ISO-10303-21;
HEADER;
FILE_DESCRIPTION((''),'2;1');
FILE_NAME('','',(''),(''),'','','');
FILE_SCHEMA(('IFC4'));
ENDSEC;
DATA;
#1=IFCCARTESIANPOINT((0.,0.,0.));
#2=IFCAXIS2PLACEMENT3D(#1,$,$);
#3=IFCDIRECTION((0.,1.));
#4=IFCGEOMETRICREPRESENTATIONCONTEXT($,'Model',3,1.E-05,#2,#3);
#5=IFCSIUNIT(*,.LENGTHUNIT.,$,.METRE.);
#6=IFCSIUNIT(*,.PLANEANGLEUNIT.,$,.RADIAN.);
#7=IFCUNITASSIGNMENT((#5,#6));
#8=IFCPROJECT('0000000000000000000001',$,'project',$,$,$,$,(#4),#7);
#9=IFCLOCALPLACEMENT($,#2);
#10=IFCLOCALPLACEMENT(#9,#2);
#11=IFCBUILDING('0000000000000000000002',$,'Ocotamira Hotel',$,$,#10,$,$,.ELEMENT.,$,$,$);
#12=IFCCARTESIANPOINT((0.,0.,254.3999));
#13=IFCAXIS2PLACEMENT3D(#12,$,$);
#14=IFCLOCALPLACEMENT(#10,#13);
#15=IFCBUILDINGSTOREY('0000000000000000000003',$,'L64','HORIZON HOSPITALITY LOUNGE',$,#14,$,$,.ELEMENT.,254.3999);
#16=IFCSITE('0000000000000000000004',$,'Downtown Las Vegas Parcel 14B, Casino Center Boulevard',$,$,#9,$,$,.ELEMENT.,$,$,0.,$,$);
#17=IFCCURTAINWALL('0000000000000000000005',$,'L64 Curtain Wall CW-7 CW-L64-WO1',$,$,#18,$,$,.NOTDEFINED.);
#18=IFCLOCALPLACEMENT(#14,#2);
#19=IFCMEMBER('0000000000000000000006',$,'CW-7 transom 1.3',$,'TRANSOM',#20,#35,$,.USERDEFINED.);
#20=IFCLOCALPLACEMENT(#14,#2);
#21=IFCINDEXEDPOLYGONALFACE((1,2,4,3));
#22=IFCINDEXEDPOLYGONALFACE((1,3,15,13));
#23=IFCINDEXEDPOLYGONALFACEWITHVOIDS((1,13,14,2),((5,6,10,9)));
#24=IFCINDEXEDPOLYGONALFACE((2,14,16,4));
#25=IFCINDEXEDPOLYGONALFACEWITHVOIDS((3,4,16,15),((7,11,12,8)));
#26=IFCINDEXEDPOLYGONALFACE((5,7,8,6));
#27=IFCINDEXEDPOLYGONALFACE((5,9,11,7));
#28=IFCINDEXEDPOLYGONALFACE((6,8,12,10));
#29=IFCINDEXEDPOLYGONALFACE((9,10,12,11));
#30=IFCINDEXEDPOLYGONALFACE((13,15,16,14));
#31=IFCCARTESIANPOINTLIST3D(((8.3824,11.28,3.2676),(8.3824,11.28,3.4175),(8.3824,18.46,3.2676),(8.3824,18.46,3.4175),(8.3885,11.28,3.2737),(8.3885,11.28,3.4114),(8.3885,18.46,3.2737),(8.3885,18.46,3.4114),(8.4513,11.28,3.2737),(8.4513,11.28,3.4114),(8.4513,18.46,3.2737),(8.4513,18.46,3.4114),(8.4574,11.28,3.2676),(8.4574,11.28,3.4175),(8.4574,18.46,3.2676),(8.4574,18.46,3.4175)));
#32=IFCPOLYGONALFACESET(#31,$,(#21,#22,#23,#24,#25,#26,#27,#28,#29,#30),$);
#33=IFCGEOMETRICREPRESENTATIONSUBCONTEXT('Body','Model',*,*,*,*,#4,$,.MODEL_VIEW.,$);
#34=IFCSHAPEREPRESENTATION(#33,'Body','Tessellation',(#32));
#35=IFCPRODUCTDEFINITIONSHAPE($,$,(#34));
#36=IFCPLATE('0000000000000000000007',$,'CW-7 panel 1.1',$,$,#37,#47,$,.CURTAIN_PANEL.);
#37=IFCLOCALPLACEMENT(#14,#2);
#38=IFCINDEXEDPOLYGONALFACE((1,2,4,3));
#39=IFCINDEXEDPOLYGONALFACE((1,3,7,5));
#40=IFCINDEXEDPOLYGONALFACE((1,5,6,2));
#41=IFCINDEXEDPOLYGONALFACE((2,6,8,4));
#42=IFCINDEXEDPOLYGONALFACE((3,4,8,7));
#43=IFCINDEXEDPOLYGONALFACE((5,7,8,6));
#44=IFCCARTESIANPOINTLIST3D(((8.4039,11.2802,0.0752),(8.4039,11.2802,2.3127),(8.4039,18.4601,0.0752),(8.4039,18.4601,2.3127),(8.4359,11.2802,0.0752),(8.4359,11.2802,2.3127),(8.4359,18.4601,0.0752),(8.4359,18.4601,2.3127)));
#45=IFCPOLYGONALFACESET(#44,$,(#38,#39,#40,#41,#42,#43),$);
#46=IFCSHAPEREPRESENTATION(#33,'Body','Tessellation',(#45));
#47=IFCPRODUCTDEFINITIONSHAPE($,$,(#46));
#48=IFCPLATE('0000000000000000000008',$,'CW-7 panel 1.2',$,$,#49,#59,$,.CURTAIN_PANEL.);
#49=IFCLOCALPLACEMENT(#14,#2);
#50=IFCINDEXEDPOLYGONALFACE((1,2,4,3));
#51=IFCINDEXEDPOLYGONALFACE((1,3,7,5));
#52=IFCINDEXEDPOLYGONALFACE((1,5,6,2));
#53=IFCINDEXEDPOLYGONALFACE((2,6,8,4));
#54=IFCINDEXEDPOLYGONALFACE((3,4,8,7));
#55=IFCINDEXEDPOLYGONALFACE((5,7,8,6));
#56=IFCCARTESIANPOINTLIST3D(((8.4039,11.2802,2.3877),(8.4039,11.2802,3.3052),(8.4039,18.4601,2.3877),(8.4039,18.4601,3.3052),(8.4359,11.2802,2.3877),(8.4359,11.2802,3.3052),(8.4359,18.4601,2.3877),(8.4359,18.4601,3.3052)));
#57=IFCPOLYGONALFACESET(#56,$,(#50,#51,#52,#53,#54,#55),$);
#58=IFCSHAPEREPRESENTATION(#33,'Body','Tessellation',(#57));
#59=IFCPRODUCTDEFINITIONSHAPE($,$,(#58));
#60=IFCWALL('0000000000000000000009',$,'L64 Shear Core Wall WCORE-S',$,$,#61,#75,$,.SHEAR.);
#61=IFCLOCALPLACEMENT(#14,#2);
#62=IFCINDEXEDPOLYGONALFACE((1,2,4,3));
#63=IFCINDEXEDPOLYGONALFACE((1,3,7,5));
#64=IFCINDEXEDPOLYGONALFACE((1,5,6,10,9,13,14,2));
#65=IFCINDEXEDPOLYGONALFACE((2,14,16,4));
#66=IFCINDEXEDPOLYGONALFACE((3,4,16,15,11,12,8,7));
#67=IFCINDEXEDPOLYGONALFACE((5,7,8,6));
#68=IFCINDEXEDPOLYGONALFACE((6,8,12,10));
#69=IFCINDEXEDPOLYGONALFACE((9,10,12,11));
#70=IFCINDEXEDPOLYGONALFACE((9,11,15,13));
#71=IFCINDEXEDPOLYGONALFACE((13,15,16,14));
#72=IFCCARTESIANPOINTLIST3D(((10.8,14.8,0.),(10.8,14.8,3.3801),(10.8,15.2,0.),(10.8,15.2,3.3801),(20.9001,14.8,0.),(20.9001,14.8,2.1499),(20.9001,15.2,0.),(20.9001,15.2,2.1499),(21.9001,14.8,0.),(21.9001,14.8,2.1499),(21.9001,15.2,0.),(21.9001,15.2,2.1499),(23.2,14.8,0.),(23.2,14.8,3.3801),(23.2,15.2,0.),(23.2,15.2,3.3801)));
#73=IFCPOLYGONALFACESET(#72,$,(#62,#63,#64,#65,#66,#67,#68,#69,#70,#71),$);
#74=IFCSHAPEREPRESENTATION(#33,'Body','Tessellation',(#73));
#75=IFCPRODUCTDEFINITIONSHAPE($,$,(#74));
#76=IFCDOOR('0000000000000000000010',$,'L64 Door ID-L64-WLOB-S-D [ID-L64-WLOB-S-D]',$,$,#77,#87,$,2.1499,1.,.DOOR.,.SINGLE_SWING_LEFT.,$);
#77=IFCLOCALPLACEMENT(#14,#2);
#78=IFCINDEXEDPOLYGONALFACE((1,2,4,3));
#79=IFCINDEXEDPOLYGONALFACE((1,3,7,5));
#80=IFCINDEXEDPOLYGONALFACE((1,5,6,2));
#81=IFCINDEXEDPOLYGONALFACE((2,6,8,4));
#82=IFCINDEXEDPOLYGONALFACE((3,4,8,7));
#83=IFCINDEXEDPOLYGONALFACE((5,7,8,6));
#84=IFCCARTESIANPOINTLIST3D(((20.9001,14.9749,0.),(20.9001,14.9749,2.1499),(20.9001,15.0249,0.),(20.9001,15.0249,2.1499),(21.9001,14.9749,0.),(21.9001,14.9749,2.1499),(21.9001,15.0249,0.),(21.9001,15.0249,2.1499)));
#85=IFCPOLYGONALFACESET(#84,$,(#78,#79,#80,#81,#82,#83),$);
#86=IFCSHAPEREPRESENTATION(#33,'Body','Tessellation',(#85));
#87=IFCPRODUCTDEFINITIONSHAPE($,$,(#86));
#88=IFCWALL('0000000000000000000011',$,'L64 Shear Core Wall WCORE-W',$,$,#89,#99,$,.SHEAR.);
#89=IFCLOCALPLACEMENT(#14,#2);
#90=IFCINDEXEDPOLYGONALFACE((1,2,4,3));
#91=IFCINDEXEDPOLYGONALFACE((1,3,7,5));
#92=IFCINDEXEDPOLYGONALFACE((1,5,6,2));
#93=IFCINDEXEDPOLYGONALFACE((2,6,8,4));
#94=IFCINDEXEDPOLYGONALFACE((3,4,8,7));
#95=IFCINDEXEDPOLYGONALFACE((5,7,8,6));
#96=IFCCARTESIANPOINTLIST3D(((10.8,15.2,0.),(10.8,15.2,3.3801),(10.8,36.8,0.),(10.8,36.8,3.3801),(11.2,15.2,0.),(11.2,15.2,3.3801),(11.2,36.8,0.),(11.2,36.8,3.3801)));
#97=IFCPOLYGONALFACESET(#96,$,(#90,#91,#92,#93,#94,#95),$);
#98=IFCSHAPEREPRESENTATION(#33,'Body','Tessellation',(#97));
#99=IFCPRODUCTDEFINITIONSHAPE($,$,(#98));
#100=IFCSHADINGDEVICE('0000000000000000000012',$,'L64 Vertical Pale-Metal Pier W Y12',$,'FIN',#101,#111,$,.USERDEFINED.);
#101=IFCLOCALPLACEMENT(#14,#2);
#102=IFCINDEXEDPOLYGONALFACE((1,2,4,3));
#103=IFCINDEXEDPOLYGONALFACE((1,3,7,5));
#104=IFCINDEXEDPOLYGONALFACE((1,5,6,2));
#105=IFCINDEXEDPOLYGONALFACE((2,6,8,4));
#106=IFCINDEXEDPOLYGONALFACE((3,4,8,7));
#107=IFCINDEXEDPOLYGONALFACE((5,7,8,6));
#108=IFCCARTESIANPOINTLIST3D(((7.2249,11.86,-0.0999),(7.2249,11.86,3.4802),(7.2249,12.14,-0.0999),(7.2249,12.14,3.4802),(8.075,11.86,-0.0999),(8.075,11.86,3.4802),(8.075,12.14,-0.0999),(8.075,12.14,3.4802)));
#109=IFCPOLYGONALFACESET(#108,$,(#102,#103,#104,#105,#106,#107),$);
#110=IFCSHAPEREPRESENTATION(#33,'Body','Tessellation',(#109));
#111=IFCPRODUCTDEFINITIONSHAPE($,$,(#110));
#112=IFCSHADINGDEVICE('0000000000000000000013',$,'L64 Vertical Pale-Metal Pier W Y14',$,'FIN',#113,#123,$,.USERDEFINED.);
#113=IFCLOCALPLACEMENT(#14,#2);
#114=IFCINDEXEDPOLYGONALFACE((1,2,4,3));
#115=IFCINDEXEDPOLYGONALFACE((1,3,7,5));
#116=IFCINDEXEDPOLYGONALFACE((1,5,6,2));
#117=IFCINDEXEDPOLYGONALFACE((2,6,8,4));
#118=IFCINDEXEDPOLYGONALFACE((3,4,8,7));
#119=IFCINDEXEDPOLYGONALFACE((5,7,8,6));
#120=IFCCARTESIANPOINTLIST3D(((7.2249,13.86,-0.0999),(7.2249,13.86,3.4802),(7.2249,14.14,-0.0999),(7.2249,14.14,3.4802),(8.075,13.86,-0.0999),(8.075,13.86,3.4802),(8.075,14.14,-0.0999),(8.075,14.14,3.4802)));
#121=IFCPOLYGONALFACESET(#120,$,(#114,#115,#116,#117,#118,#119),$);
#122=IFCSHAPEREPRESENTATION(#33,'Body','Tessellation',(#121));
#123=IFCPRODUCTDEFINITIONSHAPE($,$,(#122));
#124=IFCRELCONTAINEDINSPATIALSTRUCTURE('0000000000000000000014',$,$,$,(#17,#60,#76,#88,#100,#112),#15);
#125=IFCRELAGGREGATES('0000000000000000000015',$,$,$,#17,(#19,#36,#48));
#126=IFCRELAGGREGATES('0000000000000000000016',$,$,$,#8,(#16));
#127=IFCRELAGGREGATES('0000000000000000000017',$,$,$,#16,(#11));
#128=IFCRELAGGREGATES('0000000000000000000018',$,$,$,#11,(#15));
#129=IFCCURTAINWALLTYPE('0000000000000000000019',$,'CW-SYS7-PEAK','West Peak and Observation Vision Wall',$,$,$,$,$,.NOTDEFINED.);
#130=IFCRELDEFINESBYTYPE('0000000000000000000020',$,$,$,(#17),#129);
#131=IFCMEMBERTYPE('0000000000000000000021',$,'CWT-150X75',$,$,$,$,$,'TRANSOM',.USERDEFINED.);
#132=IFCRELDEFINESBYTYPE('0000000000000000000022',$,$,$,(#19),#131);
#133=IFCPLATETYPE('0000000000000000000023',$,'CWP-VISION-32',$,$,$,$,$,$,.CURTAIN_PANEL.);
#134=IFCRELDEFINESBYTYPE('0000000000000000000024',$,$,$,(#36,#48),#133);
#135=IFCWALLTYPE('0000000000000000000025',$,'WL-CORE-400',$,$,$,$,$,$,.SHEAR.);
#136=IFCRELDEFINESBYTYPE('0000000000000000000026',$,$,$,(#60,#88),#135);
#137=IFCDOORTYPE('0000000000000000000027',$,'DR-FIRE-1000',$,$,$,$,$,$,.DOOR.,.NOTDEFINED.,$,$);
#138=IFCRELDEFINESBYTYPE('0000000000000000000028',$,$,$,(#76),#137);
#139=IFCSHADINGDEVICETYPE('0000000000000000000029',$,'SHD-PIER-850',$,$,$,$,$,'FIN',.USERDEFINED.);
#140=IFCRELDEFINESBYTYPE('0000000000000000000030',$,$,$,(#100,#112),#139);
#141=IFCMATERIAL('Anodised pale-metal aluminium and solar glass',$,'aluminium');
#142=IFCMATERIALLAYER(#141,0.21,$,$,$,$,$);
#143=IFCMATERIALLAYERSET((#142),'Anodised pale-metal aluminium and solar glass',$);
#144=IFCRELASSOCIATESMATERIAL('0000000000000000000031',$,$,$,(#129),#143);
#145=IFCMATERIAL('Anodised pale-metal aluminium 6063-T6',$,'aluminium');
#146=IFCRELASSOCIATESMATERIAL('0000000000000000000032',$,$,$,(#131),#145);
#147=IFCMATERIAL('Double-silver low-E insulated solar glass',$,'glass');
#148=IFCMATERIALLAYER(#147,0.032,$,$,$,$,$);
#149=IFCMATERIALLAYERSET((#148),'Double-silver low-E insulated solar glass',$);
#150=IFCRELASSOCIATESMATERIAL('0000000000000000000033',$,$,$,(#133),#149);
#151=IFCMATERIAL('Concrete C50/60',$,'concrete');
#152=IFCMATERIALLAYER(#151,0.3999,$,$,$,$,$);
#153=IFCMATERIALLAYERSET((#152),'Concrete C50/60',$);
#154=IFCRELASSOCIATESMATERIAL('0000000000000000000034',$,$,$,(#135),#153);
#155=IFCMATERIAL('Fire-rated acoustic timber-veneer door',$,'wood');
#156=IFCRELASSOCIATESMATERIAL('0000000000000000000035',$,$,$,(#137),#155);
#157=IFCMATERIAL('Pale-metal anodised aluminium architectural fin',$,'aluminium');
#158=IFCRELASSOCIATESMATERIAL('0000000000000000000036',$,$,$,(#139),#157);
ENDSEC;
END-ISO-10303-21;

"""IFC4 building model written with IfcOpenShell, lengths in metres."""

from ifc_helpers import new_model, si_unit, direction, frame, frame_2d, origin, origin_2d, place, context, subcontext, project, spatial, rectangle, hollow_rectangle, extrude, source, transform, mapped, material, layer, layer_set, material_profile, profile_set, type_object, element, fill, aggregate, save


model = new_model("IFC4")

# Units and contexts
model_context = context("Model", 3, precision=1e-05, world=origin(), true_north=direction((0.0, 1.0)))
body_context = subcontext(model_context, "Body", "Model", "MODEL_VIEW")
ifc_project = project(units=[si_unit("LENGTHUNIT", "METRE"), si_unit("PLANEANGLEUNIT", "RADIAN")], contexts=[model_context])

# Site, building, storey
site_placement = place(None, origin())
site = spatial("IfcSite", under=ifc_project, at=site_placement, Name="Downtown Las Vegas Parcel 14B, Casino Center Boulevard", CompositionType="ELEMENT", RefElevation=0.0)
building_placement = place(site_placement, origin())
building = spatial("IfcBuilding", under=site, at=building_placement, Name="Ocotamira Hotel", CompositionType="ELEMENT")
storey_placement = place(building_placement, frame((0.0, 0.0, 254.3999)))
storey = spatial("IfcBuildingStorey", under=building, at=storey_placement, Name="L64", Description="HORIZON HOSPITALITY LOUNGE", CompositionType="ELEMENT", Elevation=254.3999)

# Curtain wall, member, plates
ifc_material_1 = material(Name="Anodised pale-metal aluminium and solar glass", Category="aluminium")
ifc_layer_1 = layer(ifc_material_1, 0.21)
ifc_layer_set_1 = layer_set([ifc_layer_1], Name="Anodised pale-metal aluminium and solar glass")
curtain_wall_type = type_object("IfcCurtainWallType", Name="CW-SYS7-PEAK", Description="West Peak and Observation Vision Wall", PredefinedType="NOTDEFINED", material=ifc_layer_set_1)
curtain_wall_placement = place(storey_placement, origin())
curtain_wall = element("IfcCurtainWall", 1, at=curtain_wall_placement, inside=storey, type_object=curtain_wall_type, Name="L64 Curtain Wall CW-7 CW-L64-WO1", PredefinedType="NOTDEFINED")
ifc_material_2 = material(Name="Anodised pale-metal aluminium 6063-T6", Category="aluminium")
ifc_material_profile_1 = material_profile(ifc_material_2, hollow_rectangle(XDim=0.075, YDim=0.1499, WallThickness=0.0061, at=origin_2d()), Name="HSS150X75X6")
ifc_profile_set_1 = profile_set([ifc_material_profile_1], Name="Anodised pale-metal aluminium 6063-T6")
member_type = type_object("IfcMemberType", Name="CWT-150X75", ElementType="TRANSOM", PredefinedType="USERDEFINED", material=ifc_profile_set_1)
shared_shape_1 = source(origin(), body_context, "Body", "SweptSolid", [
    extrude(hollow_rectangle(XDim=0.075, YDim=0.1499, WallThickness=0.0061, at=origin_2d()), origin(), (0.0, 0.0, 1.0), 7.1799),
])
member_1_placement = place(storey_placement, frame((8.4199, 11.28, 3.3425), z_axis=(0.0, 1.0, 0.0), x_axis=(-1.0, 0.0, 0.0)))
member_1 = element("IfcMember", 2, at=member_1_placement, type_object=member_type, Name="CW-7 transom 1.3", ObjectType="TRANSOM", PredefinedType="USERDEFINED", context=body_context, shape_type="MappedRepresentation", body=[
    mapped(shared_shape_1, transform((0.0, 0.0, 0.0), scale=1.0)),
])
ifc_material_3 = material(Name="Double-silver low-E insulated solar glass", Category="glass")
ifc_layer_2 = layer(ifc_material_3, 0.032)
ifc_layer_set_2 = layer_set([ifc_layer_2], Name="Double-silver low-E insulated solar glass")
plate_type = type_object("IfcPlateType", Name="CWP-VISION-32", PredefinedType="CURTAIN_PANEL", material=ifc_layer_set_2)
shared_shape_2 = source(origin(), body_context, "Body", "SweptSolid", [
    extrude(rectangle(XDim=7.1799, YDim=0.032, at=origin_2d()), origin(), (0.0, 0.0, 1.0), 2.2375),
])
plate_1_placement = place(storey_placement, frame((8.4199, 14.8701, 0.0752), z_axis=(0.0, 0.0, 1.0), x_axis=(0.0, 1.0, 0.0)))
plate_1 = element("IfcPlate", 3, at=plate_1_placement, type_object=plate_type, Name="CW-7 panel 1.1", PredefinedType="CURTAIN_PANEL", context=body_context, shape_type="MappedRepresentation", body=[
    mapped(shared_shape_2, transform((0.0, 0.0, 0.0), scale=1.0)),
])
shared_shape_3 = source(origin(), body_context, "Body", "SweptSolid", [
    extrude(rectangle(XDim=7.1799, YDim=0.032, at=origin_2d()), origin(), (0.0, 0.0, 1.0), 0.9175),
])
plate_2_placement = place(storey_placement, frame((8.4199, 14.8701, 2.3877), z_axis=(0.0, 0.0, 1.0), x_axis=(0.0, 1.0, 0.0)))
plate_2 = element("IfcPlate", 4, at=plate_2_placement, type_object=plate_type, Name="CW-7 panel 1.2", PredefinedType="CURTAIN_PANEL", context=body_context, shape_type="MappedRepresentation", body=[
    mapped(shared_shape_3, transform((0.0, 0.0, 0.0), scale=1.0)),
])
aggregate(curtain_wall, [member_1, plate_1, plate_2])

# Wall, opening, door
ifc_material_4 = material(Name="Concrete C50/60", Category="concrete")
ifc_layer_3 = layer(ifc_material_4, 0.3999)
ifc_layer_set_3 = layer_set([ifc_layer_3], Name="Concrete C50/60")
wall_type_1 = type_object("IfcWallType", Name="WL-CORE-400", PredefinedType="SHEAR", material=ifc_layer_set_3)
wall_1_placement = place(storey_placement, frame((10.8, 15.0, 0.0), z_axis=(0.0, 0.0, 1.0), x_axis=(1.0, 0.0, 0.0)))
wall_1 = element("IfcWall", 5, at=wall_1_placement, inside=storey, type_object=wall_type_1, Name="L64 Shear Core Wall WCORE-S", PredefinedType="SHEAR", context=body_context, shape_type="SweptSolid", body=[
    extrude(rectangle(XDim=12.3999, YDim=0.3999, at=frame_2d((6.2, 0.0))), origin(), (0.0, 0.0, 1.0), 3.3801),
])
opening_1_placement = place(wall_1_placement, frame((10.1001, 0.0, 0.0)))
opening_1 = element("IfcOpeningElement", 6, at=opening_1_placement, cuts=wall_1, PredefinedType="OPENING", context=body_context, shape_type="SweptSolid", body=[
    extrude(rectangle(XDim=1.0, YDim=2.1499, at=frame_2d((0.5, 1.075))), frame((0.0, 0.21, 0.0), z_axis=(0.0, -1.0, 0.0), x_axis=(1.0, 0.0, 0.0)), (0.0, 0.0, 1.0), 0.4199),
])
ifc_material_5 = material(Name="Fire-rated acoustic timber-veneer door", Category="wood")
door_type_1 = type_object("IfcDoorType", Name="DR-FIRE-1000", OperationType="NOTDEFINED", PredefinedType="DOOR", material=ifc_material_5)
shared_shape_4 = source(origin(), body_context, "Body", "SweptSolid", [
    extrude(rectangle(XDim=1.0, YDim=2.1499, at=frame_2d((0.5, 1.075))), frame((0.0, 0.0249, 0.0), z_axis=(0.0, -1.0, 0.0), x_axis=(1.0, 0.0, 0.0)), (0.0, 0.0, 1.0), 0.05),
])
door_1_placement = place(opening_1_placement, origin())
door_1 = element("IfcDoor", 7, at=door_1_placement, inside=storey, type_object=door_type_1, Name="L64 Door ID-L64-WLOB-S-D [ID-L64-WLOB-S-D]", OperationType="SINGLE_SWING_LEFT", OverallHeight=2.1499, OverallWidth=1.0, PredefinedType="DOOR", context=body_context, shape_type="MappedRepresentation", body=[
    mapped(shared_shape_4, transform((0.0, 0.0, 0.0), scale=1.0)),
])
fill(opening_1, door_1)

# Wall
wall_2_placement = place(storey_placement, frame((11.0, 15.2, 0.0), z_axis=(0.0, 0.0, 1.0), x_axis=(0.0, 1.0, 0.0)))
element("IfcWall", 8, at=wall_2_placement, inside=storey, type_object=wall_type_1, Name="L64 Shear Core Wall WCORE-W", PredefinedType="SHEAR", context=body_context, shape_type="SweptSolid", body=[
    extrude(rectangle(XDim=21.6001, YDim=0.3999, at=frame_2d((10.8, 0.0))), origin(), (0.0, 0.0, 1.0), 3.3801),
])

# Shading devices
ifc_material_6 = material(Name="Pale-metal anodised aluminium architectural fin", Category="aluminium")
shading_device_type = type_object("IfcShadingDeviceType", Name="SHD-PIER-850", ElementType="FIN", PredefinedType="USERDEFINED", material=ifc_material_6)
shared_shape_5 = source(origin(), body_context, "Body", "SweptSolid", [
    extrude(rectangle(XDim=0.8501, YDim=0.28, at=origin_2d()), origin(), (0.0, 0.0, 1.0), 3.5801),
])
for number, where, z_axis, x_axis, name in (
    (9, (7.6499, 12.0, -0.0999), (0.0, 0.0, 1.0), (1.0, 0.0, 0.0), "L64 Vertical Pale-Metal Pier W Y12"),
    (10, (7.6499, 14.0, -0.0999), (0.0, 0.0, 1.0), (1.0, 0.0, 0.0), "L64 Vertical Pale-Metal Pier W Y14"),
):
    element("IfcShadingDevice", number, at=place(storey_placement, frame(where, z_axis=z_axis, x_axis=x_axis)), inside=storey, type_object=shading_device_type, Name=name, ObjectType="FIN", PredefinedType="USERDEFINED", context=body_context, shape_type="MappedRepresentation", body=[
        mapped(shared_shape_5, transform((0.0, 0.0, 0.0), scale=1.0)),
    ])

save(model, "model.ifc")
